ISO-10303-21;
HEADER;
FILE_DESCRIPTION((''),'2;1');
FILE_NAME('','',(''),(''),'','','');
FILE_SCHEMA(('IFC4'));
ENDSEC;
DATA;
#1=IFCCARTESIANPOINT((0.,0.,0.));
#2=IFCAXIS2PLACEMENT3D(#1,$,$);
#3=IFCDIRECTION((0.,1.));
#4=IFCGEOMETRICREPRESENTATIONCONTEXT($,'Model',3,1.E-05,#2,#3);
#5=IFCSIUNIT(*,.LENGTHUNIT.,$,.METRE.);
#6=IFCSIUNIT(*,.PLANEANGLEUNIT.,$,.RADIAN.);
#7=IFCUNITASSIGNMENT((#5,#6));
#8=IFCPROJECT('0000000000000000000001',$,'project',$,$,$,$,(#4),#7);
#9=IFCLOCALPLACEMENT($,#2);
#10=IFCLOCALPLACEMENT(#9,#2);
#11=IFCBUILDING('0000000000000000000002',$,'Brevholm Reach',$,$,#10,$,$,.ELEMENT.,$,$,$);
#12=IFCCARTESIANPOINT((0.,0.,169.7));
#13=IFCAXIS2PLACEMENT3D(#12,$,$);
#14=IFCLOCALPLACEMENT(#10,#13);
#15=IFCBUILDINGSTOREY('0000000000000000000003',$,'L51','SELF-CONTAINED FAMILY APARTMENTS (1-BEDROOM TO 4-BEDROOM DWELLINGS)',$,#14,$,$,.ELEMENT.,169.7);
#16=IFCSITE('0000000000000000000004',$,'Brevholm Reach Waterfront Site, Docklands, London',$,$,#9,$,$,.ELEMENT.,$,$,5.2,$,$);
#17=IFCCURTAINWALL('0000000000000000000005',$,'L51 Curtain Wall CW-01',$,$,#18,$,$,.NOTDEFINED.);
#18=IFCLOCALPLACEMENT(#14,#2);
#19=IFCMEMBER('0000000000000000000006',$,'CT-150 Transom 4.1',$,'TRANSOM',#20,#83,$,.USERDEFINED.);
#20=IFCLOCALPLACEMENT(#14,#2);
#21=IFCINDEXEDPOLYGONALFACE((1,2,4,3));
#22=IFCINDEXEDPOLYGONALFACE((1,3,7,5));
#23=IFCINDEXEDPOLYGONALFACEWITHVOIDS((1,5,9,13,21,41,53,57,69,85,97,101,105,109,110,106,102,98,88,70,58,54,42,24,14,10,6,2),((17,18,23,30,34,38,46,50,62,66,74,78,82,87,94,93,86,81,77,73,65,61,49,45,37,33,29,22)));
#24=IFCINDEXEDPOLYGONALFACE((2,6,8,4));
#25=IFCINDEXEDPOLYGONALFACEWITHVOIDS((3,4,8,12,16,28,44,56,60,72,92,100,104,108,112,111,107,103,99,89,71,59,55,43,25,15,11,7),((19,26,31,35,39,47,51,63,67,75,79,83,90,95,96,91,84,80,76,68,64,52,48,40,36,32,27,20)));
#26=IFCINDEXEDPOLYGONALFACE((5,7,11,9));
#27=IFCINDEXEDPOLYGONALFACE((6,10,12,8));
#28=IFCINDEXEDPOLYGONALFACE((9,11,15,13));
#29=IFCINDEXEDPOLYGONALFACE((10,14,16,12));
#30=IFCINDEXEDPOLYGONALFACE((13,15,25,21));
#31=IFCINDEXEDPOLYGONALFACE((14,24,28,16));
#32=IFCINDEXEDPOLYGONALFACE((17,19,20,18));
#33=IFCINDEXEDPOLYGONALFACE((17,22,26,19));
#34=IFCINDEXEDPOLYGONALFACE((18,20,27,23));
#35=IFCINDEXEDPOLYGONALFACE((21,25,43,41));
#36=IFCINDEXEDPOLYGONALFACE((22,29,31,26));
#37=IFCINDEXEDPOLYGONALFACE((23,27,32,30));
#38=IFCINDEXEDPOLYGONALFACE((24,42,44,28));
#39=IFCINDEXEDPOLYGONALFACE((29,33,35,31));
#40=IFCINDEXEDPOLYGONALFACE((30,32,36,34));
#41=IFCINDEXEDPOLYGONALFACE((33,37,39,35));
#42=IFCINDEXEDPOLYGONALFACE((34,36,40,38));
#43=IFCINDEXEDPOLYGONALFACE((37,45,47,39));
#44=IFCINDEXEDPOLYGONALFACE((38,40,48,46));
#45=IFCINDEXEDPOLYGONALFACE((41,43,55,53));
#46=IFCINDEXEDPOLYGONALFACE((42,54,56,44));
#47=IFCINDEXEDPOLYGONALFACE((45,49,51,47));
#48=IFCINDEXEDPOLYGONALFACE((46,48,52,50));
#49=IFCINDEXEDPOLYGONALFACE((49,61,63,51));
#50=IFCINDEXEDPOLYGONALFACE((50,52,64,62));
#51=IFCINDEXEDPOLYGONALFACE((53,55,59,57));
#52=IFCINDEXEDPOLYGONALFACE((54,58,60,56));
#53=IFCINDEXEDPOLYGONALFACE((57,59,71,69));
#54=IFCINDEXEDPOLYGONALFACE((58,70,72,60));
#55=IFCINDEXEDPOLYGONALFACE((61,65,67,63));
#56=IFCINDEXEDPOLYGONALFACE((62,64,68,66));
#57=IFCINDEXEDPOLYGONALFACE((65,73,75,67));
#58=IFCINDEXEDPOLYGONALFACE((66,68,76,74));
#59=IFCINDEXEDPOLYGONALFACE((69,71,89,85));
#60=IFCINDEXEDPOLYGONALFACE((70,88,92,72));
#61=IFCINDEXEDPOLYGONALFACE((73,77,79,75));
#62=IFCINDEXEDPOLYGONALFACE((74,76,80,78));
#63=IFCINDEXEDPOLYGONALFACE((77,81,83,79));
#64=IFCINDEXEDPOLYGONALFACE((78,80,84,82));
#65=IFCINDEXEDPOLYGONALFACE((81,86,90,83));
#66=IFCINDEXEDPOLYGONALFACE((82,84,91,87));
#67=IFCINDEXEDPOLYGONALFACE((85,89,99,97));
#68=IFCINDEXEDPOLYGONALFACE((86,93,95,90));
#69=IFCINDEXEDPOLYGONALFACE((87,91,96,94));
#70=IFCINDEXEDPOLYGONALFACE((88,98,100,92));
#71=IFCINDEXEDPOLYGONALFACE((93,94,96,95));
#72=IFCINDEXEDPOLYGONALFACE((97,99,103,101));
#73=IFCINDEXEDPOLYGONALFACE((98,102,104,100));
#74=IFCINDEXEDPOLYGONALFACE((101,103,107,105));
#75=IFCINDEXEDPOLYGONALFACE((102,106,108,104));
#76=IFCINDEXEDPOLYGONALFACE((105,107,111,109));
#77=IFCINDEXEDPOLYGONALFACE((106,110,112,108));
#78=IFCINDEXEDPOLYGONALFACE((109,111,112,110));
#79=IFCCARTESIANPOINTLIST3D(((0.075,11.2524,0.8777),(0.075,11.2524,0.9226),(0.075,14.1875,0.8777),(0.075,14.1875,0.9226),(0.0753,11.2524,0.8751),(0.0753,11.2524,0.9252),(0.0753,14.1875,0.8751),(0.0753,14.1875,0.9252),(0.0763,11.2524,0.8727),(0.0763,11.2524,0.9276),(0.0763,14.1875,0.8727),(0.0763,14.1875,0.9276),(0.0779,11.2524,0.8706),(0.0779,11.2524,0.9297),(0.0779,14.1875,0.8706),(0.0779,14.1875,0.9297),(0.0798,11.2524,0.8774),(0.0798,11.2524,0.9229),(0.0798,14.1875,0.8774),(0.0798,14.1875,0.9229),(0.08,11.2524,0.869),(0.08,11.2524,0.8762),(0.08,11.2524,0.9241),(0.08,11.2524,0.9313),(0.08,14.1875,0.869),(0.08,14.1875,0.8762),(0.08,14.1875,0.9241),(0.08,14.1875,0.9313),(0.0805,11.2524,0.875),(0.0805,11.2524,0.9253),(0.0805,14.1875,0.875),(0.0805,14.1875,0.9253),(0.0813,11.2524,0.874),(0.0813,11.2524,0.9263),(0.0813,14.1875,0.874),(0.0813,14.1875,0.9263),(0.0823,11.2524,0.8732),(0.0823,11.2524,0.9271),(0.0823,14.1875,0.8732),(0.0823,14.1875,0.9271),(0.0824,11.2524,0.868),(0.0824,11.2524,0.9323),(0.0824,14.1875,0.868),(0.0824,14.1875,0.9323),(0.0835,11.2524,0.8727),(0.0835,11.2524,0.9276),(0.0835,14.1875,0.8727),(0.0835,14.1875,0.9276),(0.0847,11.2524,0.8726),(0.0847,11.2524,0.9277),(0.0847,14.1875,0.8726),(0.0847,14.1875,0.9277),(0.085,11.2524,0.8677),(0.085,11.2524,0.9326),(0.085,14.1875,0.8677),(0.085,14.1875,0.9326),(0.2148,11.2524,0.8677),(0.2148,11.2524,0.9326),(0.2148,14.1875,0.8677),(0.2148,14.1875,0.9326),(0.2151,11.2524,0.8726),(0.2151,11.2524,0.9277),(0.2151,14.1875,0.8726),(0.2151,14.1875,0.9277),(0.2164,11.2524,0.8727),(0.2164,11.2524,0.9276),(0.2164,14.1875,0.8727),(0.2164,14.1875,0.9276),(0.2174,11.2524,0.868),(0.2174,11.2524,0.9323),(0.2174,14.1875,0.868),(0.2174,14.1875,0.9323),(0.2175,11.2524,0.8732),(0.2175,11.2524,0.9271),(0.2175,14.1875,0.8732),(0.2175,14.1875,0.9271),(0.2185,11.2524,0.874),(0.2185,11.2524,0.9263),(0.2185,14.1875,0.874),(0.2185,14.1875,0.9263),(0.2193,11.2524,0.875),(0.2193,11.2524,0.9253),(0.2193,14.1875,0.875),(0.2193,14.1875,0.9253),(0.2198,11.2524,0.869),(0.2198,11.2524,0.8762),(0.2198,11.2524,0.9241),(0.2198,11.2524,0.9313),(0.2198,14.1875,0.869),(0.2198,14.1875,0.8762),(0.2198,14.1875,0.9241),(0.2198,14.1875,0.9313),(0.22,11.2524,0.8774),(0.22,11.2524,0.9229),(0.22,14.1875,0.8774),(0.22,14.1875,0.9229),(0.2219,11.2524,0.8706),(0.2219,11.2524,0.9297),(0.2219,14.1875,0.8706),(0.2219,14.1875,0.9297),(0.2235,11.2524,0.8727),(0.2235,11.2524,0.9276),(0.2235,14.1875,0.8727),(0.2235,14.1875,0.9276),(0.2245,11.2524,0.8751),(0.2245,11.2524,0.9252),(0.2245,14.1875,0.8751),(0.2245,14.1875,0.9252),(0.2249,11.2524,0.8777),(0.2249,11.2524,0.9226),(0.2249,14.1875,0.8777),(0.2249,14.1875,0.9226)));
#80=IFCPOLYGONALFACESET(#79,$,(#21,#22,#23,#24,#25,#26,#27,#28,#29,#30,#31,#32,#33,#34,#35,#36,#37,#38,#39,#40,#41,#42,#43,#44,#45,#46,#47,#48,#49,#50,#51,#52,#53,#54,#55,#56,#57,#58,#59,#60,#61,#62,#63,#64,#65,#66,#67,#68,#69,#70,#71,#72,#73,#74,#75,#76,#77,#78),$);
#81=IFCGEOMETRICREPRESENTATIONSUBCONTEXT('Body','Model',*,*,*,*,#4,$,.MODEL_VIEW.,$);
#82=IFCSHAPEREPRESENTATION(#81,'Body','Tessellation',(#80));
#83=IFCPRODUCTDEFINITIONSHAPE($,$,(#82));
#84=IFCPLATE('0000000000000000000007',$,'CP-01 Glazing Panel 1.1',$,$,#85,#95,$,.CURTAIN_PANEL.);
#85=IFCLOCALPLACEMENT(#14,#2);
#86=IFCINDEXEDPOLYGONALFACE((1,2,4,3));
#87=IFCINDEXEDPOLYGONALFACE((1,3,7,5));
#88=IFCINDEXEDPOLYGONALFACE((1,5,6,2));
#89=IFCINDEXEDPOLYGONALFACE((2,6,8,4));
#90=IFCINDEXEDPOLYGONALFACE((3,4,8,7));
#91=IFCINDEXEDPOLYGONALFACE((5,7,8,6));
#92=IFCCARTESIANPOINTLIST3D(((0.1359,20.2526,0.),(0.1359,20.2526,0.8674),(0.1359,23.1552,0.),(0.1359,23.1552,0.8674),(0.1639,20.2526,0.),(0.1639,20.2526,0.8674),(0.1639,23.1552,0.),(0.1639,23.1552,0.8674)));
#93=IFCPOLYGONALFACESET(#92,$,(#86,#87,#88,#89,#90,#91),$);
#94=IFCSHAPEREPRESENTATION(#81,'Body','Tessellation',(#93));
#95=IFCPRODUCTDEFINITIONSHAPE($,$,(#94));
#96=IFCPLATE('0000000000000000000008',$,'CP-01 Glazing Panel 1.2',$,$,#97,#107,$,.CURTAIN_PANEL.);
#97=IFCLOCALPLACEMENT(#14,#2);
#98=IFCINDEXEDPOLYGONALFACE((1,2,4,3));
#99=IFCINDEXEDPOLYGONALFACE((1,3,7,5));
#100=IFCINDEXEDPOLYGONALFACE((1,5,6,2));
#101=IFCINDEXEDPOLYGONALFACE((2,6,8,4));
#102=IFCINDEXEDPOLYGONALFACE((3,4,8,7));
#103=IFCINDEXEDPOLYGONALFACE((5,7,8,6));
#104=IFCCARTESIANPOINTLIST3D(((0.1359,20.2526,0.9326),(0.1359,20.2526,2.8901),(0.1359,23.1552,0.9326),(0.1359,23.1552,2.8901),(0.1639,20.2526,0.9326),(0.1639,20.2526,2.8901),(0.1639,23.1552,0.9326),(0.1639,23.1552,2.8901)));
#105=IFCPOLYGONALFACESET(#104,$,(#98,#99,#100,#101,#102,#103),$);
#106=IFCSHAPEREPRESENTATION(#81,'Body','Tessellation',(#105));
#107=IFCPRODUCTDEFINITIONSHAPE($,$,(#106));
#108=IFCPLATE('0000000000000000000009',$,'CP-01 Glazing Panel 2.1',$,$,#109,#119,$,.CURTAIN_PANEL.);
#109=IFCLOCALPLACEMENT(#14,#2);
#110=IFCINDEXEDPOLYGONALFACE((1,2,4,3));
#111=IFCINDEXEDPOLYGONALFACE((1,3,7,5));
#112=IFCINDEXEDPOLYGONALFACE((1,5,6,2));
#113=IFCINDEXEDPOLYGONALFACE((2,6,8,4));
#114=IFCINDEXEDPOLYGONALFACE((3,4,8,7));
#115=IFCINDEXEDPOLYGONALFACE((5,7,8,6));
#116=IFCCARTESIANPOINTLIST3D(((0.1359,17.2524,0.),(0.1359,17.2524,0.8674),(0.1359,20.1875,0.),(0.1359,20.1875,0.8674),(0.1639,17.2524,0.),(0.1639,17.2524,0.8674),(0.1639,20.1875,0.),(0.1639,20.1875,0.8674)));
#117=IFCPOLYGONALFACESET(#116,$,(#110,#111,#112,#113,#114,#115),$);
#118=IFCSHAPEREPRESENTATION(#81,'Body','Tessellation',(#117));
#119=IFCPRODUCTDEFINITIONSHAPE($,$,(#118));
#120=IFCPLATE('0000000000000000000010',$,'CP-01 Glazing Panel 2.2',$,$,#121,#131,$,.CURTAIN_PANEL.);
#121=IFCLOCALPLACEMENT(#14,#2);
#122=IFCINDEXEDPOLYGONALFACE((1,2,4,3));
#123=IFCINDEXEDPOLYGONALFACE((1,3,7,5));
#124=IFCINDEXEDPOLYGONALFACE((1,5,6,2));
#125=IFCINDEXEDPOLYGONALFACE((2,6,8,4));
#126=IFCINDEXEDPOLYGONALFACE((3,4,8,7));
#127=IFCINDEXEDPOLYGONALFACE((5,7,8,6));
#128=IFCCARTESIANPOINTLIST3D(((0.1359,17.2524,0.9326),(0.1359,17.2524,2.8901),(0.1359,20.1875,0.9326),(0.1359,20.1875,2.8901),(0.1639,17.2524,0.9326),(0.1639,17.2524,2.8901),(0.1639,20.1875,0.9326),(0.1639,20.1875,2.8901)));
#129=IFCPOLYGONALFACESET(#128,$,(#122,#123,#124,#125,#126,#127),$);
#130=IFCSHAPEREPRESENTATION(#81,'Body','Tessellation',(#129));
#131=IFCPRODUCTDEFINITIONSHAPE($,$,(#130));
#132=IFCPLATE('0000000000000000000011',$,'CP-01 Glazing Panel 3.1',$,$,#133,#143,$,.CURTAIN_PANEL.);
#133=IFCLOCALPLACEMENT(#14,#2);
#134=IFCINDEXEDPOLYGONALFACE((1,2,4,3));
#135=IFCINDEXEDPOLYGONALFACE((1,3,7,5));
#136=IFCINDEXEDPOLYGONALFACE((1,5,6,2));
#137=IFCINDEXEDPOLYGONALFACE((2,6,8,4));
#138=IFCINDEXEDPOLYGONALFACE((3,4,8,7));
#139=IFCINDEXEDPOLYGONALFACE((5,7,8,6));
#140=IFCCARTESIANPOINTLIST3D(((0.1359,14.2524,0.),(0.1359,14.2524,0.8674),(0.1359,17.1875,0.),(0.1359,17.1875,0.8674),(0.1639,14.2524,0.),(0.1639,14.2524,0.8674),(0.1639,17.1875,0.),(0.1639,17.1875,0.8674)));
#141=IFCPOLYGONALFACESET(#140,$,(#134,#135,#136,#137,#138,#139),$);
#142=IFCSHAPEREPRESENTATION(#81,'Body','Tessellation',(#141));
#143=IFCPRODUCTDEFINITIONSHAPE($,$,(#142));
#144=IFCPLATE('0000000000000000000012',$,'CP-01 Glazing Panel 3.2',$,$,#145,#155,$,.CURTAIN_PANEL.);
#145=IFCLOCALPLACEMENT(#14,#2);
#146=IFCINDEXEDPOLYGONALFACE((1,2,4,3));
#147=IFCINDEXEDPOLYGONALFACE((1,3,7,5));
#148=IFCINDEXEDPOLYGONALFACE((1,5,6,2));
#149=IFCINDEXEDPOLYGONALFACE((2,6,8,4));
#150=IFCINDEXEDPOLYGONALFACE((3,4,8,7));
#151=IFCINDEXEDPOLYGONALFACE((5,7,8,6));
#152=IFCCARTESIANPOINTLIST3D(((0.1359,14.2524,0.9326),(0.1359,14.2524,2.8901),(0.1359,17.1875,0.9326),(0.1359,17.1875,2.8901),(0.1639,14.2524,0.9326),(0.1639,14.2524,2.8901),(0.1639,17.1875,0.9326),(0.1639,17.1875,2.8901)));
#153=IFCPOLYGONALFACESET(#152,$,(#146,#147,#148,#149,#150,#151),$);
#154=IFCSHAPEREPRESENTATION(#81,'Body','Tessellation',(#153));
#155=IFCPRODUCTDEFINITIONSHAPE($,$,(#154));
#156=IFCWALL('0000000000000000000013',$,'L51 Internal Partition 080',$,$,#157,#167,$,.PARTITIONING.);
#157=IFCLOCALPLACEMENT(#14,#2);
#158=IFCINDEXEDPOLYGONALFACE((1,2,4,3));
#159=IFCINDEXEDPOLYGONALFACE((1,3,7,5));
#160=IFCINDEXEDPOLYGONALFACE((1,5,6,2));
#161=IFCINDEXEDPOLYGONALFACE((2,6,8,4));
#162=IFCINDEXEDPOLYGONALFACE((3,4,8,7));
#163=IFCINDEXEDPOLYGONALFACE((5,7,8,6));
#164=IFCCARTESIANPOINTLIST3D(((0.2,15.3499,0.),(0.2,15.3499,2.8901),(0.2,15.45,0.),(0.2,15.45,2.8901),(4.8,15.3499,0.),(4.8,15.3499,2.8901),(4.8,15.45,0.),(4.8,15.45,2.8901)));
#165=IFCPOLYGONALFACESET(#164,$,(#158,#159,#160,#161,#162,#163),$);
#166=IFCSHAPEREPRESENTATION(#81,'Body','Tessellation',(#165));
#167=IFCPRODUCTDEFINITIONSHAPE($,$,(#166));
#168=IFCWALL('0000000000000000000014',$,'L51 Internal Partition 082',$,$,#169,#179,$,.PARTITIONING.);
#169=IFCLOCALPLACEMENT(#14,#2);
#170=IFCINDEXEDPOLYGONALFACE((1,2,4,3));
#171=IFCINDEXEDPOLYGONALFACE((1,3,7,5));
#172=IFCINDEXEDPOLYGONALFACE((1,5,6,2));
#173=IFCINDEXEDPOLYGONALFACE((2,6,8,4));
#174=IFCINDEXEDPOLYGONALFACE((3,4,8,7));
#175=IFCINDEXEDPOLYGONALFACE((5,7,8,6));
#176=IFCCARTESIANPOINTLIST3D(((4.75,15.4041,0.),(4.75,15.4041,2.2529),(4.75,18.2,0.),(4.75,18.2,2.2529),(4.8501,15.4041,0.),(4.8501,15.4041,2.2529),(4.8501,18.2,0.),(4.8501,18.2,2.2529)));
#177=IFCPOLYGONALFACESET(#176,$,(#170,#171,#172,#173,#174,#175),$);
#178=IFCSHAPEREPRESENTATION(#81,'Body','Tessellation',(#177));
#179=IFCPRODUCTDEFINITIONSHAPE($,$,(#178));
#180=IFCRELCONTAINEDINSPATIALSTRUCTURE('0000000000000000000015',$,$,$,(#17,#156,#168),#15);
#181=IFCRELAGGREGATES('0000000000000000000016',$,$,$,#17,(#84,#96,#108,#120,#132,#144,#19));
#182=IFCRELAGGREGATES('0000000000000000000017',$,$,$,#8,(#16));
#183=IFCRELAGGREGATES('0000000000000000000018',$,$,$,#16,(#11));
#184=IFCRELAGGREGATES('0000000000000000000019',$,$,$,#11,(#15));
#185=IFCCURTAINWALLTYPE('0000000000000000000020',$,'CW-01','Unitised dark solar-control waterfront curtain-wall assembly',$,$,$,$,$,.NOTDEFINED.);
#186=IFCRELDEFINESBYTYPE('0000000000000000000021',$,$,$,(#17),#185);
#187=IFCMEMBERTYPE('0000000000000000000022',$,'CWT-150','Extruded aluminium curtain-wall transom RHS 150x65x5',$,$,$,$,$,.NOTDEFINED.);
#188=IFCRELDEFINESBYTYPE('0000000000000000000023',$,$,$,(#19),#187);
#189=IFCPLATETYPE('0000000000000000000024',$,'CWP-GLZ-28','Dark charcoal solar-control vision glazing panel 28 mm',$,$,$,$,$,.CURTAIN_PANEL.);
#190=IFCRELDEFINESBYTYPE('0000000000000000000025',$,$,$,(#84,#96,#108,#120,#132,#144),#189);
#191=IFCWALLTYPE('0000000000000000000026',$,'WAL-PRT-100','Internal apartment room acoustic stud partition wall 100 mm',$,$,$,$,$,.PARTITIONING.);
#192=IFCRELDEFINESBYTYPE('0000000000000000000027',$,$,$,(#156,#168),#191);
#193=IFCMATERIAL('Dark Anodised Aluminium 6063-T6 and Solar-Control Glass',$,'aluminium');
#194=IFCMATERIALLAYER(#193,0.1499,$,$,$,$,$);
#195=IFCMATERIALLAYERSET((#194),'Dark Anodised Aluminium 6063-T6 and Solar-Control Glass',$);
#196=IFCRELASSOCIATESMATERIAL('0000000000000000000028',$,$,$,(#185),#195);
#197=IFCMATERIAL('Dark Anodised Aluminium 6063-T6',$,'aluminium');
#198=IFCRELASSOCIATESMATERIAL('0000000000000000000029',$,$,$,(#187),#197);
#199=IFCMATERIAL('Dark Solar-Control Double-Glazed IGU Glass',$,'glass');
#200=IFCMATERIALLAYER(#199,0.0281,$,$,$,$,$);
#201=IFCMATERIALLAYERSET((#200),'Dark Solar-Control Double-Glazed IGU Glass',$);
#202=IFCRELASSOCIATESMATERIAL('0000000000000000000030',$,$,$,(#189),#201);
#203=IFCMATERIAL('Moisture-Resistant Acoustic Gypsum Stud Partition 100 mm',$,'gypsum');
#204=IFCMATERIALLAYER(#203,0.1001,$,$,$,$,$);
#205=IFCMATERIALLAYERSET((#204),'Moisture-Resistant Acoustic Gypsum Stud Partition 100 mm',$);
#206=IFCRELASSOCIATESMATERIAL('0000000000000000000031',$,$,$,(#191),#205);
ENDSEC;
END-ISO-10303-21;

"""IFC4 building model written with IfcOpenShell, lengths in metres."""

from ifc_helpers import new_model, si_unit, direction, frame, frame_2d, origin, origin_2d, place, context, subcontext, project, spatial, rectangle, hollow_rectangle, extrude, material, layer, layer_set, material_profile, profile_set, type_object, element, aggregate, save


model = new_model("IFC4")

# Units and contexts
model_context = context("Model", 3, precision=1e-05, world=origin(), true_north=direction((0.0, 1.0)))
body_context = subcontext(model_context, "Body", "Model", "MODEL_VIEW")
ifc_project = project(units=[si_unit("LENGTHUNIT", "METRE"), si_unit("PLANEANGLEUNIT", "RADIAN")], contexts=[model_context])

# Site, building, storey
site_placement = place(None, origin())
site = spatial("IfcSite", under=ifc_project, at=site_placement, Name="Brevholm Reach Waterfront Site, Docklands, London", CompositionType="ELEMENT", RefElevation=5.2)
building_placement = place(site_placement, origin())
building = spatial("IfcBuilding", under=site, at=building_placement, Name="Brevholm Reach", CompositionType="ELEMENT")
storey_placement = place(building_placement, frame((0.0, 0.0, 169.7)))
storey = spatial("IfcBuildingStorey", under=building, at=storey_placement, Name="L51", Description="SELF-CONTAINED FAMILY APARTMENTS (1-BEDROOM TO 4-BEDROOM DWELLINGS)", CompositionType="ELEMENT", Elevation=169.7)

# Curtain wall, member, plates
ifc_material_1 = material(Name="Dark Anodised Aluminium 6063-T6 and Solar-Control Glass", Category="aluminium")
ifc_layer_1 = layer(ifc_material_1, 0.1499)
ifc_layer_set_1 = layer_set([ifc_layer_1], Name="Dark Anodised Aluminium 6063-T6 and Solar-Control Glass")
curtain_wall_type = type_object("IfcCurtainWallType", Name="CW-01", Description="Unitised dark solar-control waterfront curtain-wall assembly", PredefinedType="NOTDEFINED", material=ifc_layer_set_1)
curtain_wall_placement = place(storey_placement, origin())
curtain_wall = element("IfcCurtainWall", 1, at=curtain_wall_placement, inside=storey, type_object=curtain_wall_type, Name="L51 Curtain Wall CW-01", PredefinedType="NOTDEFINED")
ifc_material_2 = material(Name="Dark Anodised Aluminium 6063-T6", Category="aluminium")
ifc_material_profile_1 = material_profile(ifc_material_2, hollow_rectangle(XDim=0.0649, YDim=0.1499, WallThickness=0.0049, InnerFilletRadius=0.0049, OuterFilletRadius=0.01, at=origin_2d()), Name="RHS 150x65x5")
ifc_profile_set_1 = profile_set([ifc_material_profile_1], Name="Dark Anodised Aluminium 6063-T6")
member_type_1 = type_object("IfcMemberType", Name="CWT-150", Description="Extruded aluminium curtain-wall transom RHS 150x65x5", PredefinedType="NOTDEFINED", material=ifc_profile_set_1)
member_1_placement = place(storey_placement, frame((0.1499, 14.1875, 0.9001), z_axis=(0.0, -1.0, 0.0), x_axis=(0.0, 0.0, 1.0)))
member_1 = element("IfcMember", 2, at=member_1_placement, type_object=member_type_1, Name="CT-150 Transom 4.1", ObjectType="TRANSOM", PredefinedType="USERDEFINED", context=body_context, shape_type="SweptSolid", body=[
    extrude(hollow_rectangle(XDim=0.0649, YDim=0.1499, WallThickness=0.0049, InnerFilletRadius=0.0049, OuterFilletRadius=0.01, at=origin_2d()), origin(), (0.0, 0.0, 1.0), 2.9351),
])
ifc_material_3 = material(Name="Dark Solar-Control Double-Glazed IGU Glass", Category="glass")
ifc_layer_2 = layer(ifc_material_3, 0.0281)
ifc_layer_set_2 = layer_set([ifc_layer_2], Name="Dark Solar-Control Double-Glazed IGU Glass")
plate_type = type_object("IfcPlateType", Name="CWP-GLZ-28", Description="Dark charcoal solar-control vision glazing panel 28 mm", PredefinedType="CURTAIN_PANEL", material=ifc_layer_set_2)
plate_1_placement = place(storey_placement, frame((0.1499, 21.7039, 0.0), z_axis=(0.0, 0.0, 1.0), x_axis=(0.0, -1.0, 0.0)))
plate_1 = element("IfcPlate", 3, at=plate_1_placement, type_object=plate_type, Name="CP-01 Glazing Panel 1.1", PredefinedType="CURTAIN_PANEL", context=body_context, shape_type="SweptSolid", body=[
    extrude(rectangle(XDim=2.9026, YDim=0.0281, at=origin_2d()), origin(), (0.0, 0.0, 1.0), 0.8674),
])
plate_2_placement = place(storey_placement, frame((0.1499, 21.7039, 0.9326), z_axis=(0.0, 0.0, 1.0), x_axis=(0.0, -1.0, 0.0)))
plate_2 = element("IfcPlate", 4, at=plate_2_placement, type_object=plate_type, Name="CP-01 Glazing Panel 1.2", PredefinedType="CURTAIN_PANEL", context=body_context, shape_type="SweptSolid", body=[
    extrude(rectangle(XDim=2.9026, YDim=0.0281, at=origin_2d()), origin(), (0.0, 0.0, 1.0), 1.9575),
])
plate_3_placement = place(storey_placement, frame((0.1499, 18.72, 0.0), z_axis=(0.0, 0.0, 1.0), x_axis=(0.0, -1.0, 0.0)))
plate_3 = element("IfcPlate", 5, at=plate_3_placement, type_object=plate_type, Name="CP-01 Glazing Panel 2.1", PredefinedType="CURTAIN_PANEL", context=body_context, shape_type="SweptSolid", body=[
    extrude(rectangle(XDim=2.9351, YDim=0.0281, at=origin_2d()), origin(), (0.0, 0.0, 1.0), 0.8674),
])
plate_4_placement = place(storey_placement, frame((0.1499, 18.72, 0.9326), z_axis=(0.0, 0.0, 1.0), x_axis=(0.0, -1.0, 0.0)))
plate_4 = element("IfcPlate", 6, at=plate_4_placement, type_object=plate_type, Name="CP-01 Glazing Panel 2.2", PredefinedType="CURTAIN_PANEL", context=body_context, shape_type="SweptSolid", body=[
    extrude(rectangle(XDim=2.9351, YDim=0.0281, at=origin_2d()), origin(), (0.0, 0.0, 1.0), 1.9575),
])
plate_5_placement = place(storey_placement, frame((0.1499, 15.72, 0.0), z_axis=(0.0, 0.0, 1.0), x_axis=(0.0, -1.0, 0.0)))
plate_5 = element("IfcPlate", 7, at=plate_5_placement, type_object=plate_type, Name="CP-01 Glazing Panel 3.1", PredefinedType="CURTAIN_PANEL", context=body_context, shape_type="SweptSolid", body=[
    extrude(rectangle(XDim=2.9351, YDim=0.0281, at=origin_2d()), origin(), (0.0, 0.0, 1.0), 0.8674),
])
plate_6_placement = place(storey_placement, frame((0.1499, 15.72, 0.9326), z_axis=(0.0, 0.0, 1.0), x_axis=(0.0, -1.0, 0.0)))
plate_6 = element("IfcPlate", 8, at=plate_6_placement, type_object=plate_type, Name="CP-01 Glazing Panel 3.2", PredefinedType="CURTAIN_PANEL", context=body_context, shape_type="SweptSolid", body=[
    extrude(rectangle(XDim=2.9351, YDim=0.0281, at=origin_2d()), origin(), (0.0, 0.0, 1.0), 1.9575),
])
aggregate(curtain_wall, [plate_1, plate_2, plate_3, plate_4, plate_5, plate_6, member_1])

# Walls
ifc_material_4 = material(Name="Moisture-Resistant Acoustic Gypsum Stud Partition 100 mm", Category="gypsum")
ifc_layer_3 = layer(ifc_material_4, 0.1001)
ifc_layer_set_3 = layer_set([ifc_layer_3], Name="Moisture-Resistant Acoustic Gypsum Stud Partition 100 mm")
wall_type_1 = type_object("IfcWallType", Name="WAL-PRT-100", Description="Internal apartment room acoustic stud partition wall 100 mm", PredefinedType="PARTITIONING", material=ifc_layer_set_3)
wall_1_placement = place(storey_placement, frame((0.2, 15.3999, 0.0), z_axis=(0.0, 0.0, 1.0), x_axis=(1.0, 0.0, 0.0)))
element("IfcWall", 9, at=wall_1_placement, inside=storey, type_object=wall_type_1, Name="L51 Internal Partition 080", PredefinedType="PARTITIONING", context=body_context, shape_type="SweptSolid", body=[
    extrude(rectangle(XDim=4.6001, YDim=0.1001, at=frame_2d((2.3, 0.0))), origin(), (0.0, 0.0, 1.0), 2.8901),
])
wall_2_placement = place(storey_placement, frame((4.8, 15.4041, 0.0), z_axis=(0.0, 0.0, 1.0), x_axis=(0.0, 1.0, 0.0)))
element("IfcWall", 10, at=wall_2_placement, inside=storey, type_object=wall_type_1, Name="L51 Internal Partition 082", PredefinedType="PARTITIONING", context=body_context, shape_type="SweptSolid", body=[
    extrude(rectangle(XDim=2.7959, YDim=0.1001, at=frame_2d((1.3979, 0.0))), origin(), (0.0, 0.0, 1.0), 2.2529),
])

save(model, "model.ifc")
